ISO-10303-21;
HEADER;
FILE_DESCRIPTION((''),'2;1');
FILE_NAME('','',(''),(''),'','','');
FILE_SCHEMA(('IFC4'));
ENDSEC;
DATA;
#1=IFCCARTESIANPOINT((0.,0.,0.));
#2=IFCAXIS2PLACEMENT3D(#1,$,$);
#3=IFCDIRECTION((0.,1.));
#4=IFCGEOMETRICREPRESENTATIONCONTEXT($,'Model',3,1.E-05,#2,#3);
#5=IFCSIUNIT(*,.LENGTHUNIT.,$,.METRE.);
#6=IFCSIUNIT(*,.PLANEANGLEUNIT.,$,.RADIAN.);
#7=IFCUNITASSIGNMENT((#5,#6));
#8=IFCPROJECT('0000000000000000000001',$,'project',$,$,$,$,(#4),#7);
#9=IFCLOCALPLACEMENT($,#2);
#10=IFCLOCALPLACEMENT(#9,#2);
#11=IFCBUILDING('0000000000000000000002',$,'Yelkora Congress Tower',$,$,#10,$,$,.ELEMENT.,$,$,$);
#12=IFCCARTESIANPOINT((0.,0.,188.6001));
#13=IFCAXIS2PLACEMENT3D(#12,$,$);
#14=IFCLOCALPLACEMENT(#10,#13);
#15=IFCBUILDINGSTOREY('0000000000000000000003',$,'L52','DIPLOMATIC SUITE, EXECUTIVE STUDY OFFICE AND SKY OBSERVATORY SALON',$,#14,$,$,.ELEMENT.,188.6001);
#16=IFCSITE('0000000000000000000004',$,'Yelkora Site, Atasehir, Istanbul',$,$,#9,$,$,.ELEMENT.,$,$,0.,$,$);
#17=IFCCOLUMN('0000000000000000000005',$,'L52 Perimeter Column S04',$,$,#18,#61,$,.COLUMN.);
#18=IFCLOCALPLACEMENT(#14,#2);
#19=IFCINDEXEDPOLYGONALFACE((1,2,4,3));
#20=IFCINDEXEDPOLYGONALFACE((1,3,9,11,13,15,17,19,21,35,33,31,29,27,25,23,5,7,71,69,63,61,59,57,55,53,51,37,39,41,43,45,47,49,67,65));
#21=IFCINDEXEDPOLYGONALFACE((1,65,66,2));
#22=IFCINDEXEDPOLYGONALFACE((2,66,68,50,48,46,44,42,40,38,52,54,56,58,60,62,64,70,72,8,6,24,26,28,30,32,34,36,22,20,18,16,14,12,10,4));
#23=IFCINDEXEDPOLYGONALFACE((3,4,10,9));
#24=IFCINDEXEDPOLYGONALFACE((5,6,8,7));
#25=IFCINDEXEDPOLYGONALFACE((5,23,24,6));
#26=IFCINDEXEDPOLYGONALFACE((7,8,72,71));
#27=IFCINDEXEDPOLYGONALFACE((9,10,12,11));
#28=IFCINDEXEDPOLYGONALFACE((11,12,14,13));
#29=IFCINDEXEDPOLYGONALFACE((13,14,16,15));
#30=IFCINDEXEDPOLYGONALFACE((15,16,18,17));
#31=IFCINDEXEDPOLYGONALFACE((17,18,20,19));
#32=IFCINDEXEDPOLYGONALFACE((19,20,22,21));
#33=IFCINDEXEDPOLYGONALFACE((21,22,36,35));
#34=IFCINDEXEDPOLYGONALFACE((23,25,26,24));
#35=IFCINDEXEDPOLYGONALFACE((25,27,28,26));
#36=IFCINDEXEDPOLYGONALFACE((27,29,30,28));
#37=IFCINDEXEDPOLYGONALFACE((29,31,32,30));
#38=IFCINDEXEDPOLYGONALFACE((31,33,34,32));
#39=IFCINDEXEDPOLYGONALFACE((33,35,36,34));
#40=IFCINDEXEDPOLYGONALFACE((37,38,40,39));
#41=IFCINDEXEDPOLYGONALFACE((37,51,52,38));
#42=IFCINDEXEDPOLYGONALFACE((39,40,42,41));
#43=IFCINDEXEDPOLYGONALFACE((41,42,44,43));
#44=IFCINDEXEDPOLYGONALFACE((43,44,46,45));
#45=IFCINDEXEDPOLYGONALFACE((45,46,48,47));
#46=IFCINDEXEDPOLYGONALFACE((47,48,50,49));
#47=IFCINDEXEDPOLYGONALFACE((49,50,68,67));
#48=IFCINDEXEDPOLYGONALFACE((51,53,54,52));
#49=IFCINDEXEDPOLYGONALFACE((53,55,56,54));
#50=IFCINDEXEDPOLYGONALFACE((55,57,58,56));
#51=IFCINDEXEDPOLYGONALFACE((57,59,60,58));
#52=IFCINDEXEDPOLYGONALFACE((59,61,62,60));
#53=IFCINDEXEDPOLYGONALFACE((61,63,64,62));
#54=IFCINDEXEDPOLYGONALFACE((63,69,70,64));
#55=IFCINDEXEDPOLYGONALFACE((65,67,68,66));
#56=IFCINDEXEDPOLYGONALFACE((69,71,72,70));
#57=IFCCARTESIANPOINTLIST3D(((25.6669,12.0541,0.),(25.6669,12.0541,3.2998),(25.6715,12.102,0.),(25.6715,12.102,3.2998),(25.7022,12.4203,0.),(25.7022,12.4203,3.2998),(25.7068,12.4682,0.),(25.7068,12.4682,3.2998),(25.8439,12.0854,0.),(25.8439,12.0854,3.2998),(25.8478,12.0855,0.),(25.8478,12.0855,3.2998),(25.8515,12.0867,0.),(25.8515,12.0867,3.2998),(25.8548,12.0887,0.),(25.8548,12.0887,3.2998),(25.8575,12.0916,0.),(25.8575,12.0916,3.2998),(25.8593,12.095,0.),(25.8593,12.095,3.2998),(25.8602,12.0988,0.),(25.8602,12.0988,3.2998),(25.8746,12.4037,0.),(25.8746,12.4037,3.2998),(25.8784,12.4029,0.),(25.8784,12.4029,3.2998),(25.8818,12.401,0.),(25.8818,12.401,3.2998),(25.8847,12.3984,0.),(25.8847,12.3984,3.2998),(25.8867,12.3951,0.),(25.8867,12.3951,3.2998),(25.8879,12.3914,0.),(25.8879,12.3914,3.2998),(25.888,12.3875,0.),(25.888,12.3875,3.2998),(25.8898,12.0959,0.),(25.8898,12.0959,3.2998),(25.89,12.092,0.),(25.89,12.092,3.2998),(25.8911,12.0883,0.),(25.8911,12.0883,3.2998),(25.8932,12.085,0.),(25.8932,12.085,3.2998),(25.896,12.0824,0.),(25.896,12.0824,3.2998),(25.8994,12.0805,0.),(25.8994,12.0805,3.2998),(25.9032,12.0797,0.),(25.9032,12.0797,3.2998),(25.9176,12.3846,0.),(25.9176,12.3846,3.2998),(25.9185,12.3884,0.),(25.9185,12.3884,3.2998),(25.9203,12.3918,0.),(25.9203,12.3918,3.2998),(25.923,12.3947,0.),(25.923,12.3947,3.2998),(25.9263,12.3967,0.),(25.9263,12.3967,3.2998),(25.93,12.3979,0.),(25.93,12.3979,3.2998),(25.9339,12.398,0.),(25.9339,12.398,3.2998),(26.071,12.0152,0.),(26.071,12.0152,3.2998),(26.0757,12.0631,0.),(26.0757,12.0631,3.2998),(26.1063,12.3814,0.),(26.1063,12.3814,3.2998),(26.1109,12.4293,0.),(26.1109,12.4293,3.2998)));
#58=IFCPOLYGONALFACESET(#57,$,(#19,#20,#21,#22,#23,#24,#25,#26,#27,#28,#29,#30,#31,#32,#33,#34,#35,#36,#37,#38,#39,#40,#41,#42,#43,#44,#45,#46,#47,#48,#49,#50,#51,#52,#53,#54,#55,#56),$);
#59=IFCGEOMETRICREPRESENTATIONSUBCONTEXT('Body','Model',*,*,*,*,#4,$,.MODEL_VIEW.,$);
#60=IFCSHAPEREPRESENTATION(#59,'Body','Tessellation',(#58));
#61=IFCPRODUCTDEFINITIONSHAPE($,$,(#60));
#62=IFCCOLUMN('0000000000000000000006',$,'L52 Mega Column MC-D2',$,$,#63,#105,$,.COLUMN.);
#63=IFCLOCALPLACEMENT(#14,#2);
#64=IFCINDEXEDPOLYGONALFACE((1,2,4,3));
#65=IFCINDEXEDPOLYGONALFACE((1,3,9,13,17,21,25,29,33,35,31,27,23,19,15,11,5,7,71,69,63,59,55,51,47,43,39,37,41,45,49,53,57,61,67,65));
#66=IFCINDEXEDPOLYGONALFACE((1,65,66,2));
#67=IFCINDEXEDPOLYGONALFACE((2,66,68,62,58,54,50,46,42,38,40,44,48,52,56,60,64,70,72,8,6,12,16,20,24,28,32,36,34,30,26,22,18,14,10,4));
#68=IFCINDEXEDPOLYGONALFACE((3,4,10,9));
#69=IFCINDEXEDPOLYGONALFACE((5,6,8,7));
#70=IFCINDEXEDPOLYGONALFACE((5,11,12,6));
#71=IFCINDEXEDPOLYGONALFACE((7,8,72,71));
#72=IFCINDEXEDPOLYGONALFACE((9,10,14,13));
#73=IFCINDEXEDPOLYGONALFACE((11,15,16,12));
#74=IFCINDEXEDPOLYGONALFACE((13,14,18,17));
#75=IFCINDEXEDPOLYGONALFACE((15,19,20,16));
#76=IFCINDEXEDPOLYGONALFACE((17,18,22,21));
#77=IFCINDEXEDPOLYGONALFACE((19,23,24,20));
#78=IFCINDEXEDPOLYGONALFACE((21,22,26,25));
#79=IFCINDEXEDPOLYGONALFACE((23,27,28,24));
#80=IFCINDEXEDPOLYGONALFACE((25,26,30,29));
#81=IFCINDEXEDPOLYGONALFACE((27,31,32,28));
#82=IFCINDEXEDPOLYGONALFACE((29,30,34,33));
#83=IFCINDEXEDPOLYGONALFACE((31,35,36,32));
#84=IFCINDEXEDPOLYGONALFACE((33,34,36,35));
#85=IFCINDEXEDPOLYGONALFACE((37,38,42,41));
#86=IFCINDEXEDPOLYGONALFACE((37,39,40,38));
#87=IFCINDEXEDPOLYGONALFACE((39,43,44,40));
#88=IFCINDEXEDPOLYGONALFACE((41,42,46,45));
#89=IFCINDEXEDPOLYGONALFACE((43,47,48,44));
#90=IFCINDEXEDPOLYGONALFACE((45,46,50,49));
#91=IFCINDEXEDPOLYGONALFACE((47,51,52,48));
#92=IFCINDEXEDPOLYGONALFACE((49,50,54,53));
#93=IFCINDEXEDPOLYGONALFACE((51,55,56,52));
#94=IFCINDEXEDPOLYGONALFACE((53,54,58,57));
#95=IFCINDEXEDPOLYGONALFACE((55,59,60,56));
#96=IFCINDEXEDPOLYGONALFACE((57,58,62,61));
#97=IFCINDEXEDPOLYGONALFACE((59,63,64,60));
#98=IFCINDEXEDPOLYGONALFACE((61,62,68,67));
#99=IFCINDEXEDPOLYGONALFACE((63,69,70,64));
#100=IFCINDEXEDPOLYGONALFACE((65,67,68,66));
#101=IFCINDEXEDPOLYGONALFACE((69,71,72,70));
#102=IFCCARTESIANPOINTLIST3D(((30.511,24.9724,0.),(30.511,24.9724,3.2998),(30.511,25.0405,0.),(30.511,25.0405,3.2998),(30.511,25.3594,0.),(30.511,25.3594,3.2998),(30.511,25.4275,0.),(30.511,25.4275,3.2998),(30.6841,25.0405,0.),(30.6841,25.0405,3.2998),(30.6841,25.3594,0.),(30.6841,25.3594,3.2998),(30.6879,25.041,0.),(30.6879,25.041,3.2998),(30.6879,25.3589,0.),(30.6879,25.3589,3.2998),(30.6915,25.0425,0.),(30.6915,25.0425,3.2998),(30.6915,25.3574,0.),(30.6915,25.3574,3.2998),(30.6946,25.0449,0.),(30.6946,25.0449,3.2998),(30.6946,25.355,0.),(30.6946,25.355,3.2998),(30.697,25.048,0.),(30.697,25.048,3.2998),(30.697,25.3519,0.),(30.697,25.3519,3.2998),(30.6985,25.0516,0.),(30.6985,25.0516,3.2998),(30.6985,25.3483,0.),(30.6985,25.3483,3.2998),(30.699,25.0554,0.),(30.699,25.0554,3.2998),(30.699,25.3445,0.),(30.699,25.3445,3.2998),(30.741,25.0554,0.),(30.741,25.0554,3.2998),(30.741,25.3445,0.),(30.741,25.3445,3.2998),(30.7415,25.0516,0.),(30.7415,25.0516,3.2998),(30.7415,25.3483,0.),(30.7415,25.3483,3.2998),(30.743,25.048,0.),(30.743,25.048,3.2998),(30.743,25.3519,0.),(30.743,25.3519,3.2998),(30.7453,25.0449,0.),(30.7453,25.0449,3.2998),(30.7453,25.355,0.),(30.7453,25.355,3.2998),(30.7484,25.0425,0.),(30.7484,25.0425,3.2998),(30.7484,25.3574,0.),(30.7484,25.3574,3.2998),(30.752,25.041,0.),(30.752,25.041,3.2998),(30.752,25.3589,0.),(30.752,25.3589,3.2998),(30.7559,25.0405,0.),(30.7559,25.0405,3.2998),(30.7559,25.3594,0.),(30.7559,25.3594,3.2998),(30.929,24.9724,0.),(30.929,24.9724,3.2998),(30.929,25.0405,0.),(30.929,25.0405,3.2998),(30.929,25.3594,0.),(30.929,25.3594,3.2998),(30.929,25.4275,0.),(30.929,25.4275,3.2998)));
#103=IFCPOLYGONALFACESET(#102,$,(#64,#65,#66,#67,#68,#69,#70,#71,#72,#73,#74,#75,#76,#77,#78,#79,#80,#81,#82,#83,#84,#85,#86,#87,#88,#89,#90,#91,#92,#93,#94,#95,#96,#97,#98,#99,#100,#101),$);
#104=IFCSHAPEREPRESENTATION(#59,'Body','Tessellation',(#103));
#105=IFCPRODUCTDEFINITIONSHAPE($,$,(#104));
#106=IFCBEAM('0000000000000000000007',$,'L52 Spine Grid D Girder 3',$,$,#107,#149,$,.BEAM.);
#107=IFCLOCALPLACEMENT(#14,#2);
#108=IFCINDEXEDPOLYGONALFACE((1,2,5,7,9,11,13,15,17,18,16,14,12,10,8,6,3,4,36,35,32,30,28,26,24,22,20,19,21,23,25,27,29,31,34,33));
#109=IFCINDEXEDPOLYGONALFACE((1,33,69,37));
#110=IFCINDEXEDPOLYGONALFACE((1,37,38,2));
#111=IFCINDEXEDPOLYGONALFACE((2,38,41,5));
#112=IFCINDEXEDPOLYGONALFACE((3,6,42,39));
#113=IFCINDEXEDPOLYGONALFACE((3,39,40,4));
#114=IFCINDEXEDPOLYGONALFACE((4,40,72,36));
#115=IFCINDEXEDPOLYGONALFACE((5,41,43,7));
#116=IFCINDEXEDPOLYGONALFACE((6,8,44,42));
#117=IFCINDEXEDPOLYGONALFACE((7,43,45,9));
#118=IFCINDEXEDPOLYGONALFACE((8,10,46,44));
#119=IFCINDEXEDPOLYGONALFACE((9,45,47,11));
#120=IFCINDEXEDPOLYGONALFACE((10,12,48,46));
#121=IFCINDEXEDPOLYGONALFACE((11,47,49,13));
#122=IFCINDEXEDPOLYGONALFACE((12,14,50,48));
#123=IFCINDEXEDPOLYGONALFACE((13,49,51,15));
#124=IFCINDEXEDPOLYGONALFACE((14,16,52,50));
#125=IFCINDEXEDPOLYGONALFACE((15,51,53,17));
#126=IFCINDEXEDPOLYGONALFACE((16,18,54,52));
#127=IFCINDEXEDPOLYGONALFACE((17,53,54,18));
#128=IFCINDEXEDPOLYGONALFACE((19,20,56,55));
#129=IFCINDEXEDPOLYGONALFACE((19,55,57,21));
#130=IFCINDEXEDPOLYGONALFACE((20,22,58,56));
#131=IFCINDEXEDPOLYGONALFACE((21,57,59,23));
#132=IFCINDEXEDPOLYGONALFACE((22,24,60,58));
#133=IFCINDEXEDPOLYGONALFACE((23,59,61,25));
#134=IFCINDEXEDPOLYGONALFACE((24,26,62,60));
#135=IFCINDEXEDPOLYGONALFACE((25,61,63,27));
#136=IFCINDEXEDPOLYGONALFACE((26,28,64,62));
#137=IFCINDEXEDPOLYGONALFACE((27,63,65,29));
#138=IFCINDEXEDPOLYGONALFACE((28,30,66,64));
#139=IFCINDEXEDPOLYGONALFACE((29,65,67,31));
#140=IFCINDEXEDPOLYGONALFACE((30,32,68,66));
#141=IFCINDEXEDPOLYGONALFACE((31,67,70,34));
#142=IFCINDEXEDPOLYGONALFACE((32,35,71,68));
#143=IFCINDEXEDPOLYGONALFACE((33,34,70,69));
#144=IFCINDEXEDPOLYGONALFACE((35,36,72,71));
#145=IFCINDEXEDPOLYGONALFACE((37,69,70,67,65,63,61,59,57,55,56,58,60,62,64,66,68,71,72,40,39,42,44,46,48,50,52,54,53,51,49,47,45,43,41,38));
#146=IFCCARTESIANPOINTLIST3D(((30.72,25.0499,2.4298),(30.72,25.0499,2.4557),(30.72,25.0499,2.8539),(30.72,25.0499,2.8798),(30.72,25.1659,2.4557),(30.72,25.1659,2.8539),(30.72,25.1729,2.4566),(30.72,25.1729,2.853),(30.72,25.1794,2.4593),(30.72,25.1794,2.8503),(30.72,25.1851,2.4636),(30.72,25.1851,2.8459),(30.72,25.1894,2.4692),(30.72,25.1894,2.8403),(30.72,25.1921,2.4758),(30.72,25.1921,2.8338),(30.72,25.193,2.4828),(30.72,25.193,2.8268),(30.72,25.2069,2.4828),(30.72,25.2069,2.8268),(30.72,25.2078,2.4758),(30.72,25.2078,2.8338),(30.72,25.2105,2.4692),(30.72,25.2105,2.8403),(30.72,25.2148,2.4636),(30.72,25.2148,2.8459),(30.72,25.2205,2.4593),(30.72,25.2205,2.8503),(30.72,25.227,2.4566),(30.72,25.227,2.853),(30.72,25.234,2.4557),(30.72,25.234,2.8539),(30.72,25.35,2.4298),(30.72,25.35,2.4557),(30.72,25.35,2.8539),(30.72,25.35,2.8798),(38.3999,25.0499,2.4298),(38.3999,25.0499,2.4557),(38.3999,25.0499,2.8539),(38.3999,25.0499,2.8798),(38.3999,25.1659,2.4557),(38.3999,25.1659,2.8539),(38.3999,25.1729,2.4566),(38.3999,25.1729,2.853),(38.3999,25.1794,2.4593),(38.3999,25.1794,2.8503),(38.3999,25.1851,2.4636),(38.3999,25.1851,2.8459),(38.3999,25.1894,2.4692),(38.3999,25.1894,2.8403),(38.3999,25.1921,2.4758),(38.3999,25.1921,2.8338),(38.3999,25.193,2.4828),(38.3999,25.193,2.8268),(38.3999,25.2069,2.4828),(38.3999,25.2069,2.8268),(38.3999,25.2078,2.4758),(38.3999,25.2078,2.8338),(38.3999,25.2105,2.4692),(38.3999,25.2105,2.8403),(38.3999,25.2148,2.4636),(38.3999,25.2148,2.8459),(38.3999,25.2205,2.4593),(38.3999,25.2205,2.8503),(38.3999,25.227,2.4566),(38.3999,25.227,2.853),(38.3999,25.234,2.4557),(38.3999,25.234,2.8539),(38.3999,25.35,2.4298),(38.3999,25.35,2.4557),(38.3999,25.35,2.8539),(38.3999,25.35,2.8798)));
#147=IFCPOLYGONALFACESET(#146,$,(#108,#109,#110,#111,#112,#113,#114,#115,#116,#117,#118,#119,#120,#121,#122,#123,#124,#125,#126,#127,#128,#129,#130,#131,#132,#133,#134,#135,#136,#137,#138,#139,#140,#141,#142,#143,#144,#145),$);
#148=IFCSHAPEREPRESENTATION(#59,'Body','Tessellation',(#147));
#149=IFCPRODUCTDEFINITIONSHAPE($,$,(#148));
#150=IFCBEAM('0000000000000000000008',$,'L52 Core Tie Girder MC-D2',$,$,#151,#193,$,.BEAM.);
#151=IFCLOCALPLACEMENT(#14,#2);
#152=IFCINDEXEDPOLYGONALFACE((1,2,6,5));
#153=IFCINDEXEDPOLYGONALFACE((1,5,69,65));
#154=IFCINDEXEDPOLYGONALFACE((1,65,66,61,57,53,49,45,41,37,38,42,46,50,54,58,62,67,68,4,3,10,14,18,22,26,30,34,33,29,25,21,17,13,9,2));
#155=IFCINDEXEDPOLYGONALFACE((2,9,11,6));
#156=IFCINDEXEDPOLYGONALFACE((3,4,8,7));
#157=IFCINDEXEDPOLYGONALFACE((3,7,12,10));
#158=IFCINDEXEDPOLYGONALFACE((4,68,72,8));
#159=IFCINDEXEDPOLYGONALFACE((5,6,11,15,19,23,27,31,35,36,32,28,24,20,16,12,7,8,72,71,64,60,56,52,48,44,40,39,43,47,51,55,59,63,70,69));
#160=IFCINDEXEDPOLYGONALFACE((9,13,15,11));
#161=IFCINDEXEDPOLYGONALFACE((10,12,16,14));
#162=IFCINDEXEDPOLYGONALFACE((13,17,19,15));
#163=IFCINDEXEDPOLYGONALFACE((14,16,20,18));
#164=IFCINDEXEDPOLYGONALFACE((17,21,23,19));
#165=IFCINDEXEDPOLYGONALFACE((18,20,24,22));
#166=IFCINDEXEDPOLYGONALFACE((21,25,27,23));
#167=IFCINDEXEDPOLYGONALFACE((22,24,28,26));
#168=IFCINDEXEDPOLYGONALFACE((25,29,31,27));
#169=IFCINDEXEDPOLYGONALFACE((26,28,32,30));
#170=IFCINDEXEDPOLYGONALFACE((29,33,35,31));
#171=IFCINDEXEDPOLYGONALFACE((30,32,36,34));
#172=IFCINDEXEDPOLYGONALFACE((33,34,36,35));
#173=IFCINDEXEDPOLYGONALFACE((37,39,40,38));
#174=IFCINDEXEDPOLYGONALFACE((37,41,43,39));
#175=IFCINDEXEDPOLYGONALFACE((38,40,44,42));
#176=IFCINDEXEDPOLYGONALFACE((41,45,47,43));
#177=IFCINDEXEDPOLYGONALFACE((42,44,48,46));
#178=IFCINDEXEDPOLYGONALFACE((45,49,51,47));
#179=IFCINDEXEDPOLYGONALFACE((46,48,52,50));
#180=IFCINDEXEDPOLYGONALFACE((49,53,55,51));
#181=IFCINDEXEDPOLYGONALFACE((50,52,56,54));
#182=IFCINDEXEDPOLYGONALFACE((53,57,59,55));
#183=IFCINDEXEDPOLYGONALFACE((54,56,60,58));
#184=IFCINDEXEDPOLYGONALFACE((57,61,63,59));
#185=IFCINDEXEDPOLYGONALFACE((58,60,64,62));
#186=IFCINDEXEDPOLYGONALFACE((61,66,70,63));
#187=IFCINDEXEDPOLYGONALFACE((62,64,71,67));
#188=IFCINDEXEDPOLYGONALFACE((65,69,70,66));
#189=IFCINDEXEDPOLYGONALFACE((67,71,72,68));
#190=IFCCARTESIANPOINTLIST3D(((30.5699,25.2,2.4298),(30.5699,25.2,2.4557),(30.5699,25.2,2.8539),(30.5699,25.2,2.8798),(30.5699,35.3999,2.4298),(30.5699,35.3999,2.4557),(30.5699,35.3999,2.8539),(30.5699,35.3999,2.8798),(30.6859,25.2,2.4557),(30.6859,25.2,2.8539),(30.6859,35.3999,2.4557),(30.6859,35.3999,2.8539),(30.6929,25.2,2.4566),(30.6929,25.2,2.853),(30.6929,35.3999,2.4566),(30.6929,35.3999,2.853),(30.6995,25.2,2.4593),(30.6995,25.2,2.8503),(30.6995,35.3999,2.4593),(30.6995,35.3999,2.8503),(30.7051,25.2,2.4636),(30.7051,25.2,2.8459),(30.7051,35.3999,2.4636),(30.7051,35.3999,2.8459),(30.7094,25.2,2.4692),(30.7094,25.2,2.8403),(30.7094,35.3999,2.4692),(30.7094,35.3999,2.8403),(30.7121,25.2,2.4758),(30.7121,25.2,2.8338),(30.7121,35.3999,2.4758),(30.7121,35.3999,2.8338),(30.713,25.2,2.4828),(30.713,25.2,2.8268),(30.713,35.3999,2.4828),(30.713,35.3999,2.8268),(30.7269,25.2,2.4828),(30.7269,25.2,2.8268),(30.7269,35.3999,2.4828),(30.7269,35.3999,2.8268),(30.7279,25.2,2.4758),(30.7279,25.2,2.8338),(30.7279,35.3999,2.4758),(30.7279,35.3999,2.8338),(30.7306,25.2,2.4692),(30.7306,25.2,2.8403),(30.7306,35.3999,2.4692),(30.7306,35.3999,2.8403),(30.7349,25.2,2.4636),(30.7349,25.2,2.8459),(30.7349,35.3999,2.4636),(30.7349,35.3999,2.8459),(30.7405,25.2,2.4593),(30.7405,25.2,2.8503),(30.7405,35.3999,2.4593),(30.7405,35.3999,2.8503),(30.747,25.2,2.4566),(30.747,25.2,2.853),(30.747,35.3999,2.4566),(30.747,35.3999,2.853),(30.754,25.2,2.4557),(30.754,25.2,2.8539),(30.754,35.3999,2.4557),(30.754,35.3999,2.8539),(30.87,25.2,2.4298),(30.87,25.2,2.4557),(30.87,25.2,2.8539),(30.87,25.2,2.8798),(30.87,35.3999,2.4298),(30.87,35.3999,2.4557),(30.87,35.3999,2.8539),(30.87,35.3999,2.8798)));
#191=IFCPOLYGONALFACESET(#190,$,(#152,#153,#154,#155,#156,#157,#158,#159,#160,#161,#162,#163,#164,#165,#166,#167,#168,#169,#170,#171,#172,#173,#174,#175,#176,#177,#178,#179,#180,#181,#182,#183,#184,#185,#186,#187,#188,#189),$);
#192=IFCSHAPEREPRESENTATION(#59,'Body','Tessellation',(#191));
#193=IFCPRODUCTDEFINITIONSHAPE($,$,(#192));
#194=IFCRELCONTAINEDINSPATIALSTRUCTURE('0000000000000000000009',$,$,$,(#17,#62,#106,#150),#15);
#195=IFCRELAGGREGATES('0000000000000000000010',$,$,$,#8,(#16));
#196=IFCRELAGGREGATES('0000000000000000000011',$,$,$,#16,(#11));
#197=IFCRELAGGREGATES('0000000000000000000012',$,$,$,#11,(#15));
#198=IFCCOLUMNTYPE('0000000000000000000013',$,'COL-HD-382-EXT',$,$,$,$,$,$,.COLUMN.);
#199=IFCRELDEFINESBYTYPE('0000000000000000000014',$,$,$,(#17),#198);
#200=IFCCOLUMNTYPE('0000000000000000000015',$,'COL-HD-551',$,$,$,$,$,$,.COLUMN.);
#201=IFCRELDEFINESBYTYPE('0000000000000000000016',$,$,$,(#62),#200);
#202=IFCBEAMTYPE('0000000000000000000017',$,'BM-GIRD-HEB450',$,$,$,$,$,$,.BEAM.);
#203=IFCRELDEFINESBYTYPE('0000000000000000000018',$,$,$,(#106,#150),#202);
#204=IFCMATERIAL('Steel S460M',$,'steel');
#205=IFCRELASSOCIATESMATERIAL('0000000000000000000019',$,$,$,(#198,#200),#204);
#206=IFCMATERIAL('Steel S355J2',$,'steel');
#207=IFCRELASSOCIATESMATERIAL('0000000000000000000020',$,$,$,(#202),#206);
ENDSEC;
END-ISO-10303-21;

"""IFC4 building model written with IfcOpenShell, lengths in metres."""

from ifc_helpers import new_model, si_unit, direction, frame, origin, origin_2d, place, context, subcontext, project, spatial, i_section, extrude, material, material_profile, profile_set, type_object, element, save


model = new_model("IFC4")

# Units and contexts
model_context = context("Model", 3, precision=1e-05, world=origin(), true_north=direction((0.0, 1.0)))
body_context = subcontext(model_context, "Body", "Model", "MODEL_VIEW")
ifc_project = project(units=[si_unit("LENGTHUNIT", "METRE"), si_unit("PLANEANGLEUNIT", "RADIAN")], contexts=[model_context])

# Site, building, storey
site_placement = place(None, origin())
site = spatial("IfcSite", under=ifc_project, at=site_placement, Name="Yelkora Site, Atasehir, Istanbul", CompositionType="ELEMENT", RefElevation=0.0)
building_placement = place(site_placement, origin())
building = spatial("IfcBuilding", under=site, at=building_placement, Name="Yelkora Congress Tower", CompositionType="ELEMENT")
storey_placement = place(building_placement, frame((0.0, 0.0, 188.6001)))
storey = spatial("IfcBuildingStorey", under=building, at=storey_placement, Name="L52", Description="DIPLOMATIC SUITE, EXECUTIVE STUDY OFFICE AND SKY OBSERVATORY SALON", CompositionType="ELEMENT", Elevation=188.6001)

# Columns
ifc_material_1 = material(Name="Steel S460M", Category="steel")
ifc_material_profile_1 = material_profile(ifc_material_1, i_section(OverallWidth=0.406, OverallDepth=0.416, WebThickness=0.0298, FlangeThickness=0.0481, FilletRadius=0.0149, at=origin_2d()), Name="HD 400x382")
ifc_profile_set_1 = profile_set([ifc_material_profile_1], Name="Steel S460M")
column_type_1 = type_object("IfcColumnType", Name="COL-HD-382-EXT", PredefinedType="COLUMN", material=ifc_profile_set_1)
column_1_placement = place(storey_placement, frame((25.8889, 12.2417, 0.0), z_axis=(0.0, 0.0, 1.0), x_axis=(0.995396, -0.095846, 0.0)))
element("IfcColumn", 1, at=column_1_placement, inside=storey, type_object=column_type_1, Name="L52 Perimeter Column S04", PredefinedType="COLUMN", context=body_context, shape_type="SweptSolid", body=[
    extrude(i_section(OverallWidth=0.406, OverallDepth=0.416, WebThickness=0.0298, FlangeThickness=0.0481, FilletRadius=0.0149, at=origin_2d()), origin(), (0.0, 0.0, 1.0), 3.2998),
])
ifc_material_profile_2 = material_profile(ifc_material_1, i_section(OverallWidth=0.418, OverallDepth=0.4551, WebThickness=0.042, FlangeThickness=0.0681, FilletRadius=0.0149, at=origin_2d()), Name="HD 400x551")
ifc_profile_set_2 = profile_set([ifc_material_profile_2], Name="Steel S460M")
column_type_2 = type_object("IfcColumnType", Name="COL-HD-551", PredefinedType="COLUMN", material=ifc_profile_set_2)
column_2_placement = place(storey_placement, frame((30.72, 25.2, 0.0), z_axis=(0.0, 0.0, 1.0), x_axis=(1.0, 0.0, 0.0)))
element("IfcColumn", 2, at=column_2_placement, inside=storey, type_object=column_type_2, Name="L52 Mega Column MC-D2", PredefinedType="COLUMN", context=body_context, shape_type="SweptSolid", body=[
    extrude(i_section(OverallWidth=0.418, OverallDepth=0.4551, WebThickness=0.042, FlangeThickness=0.0681, FilletRadius=0.0149, at=origin_2d()), origin(), (0.0, 0.0, 1.0), 3.2998),
])

# Beams
ifc_material_2 = material(Name="Steel S355J2", Category="steel")
ifc_material_profile_3 = material_profile(ifc_material_2, i_section(OverallWidth=0.3, OverallDepth=0.45, WebThickness=0.0139, FlangeThickness=0.0259, FilletRadius=0.0271, at=origin_2d()), Name="HEB 450")
ifc_profile_set_3 = profile_set([ifc_material_profile_3], Name="Steel S355J2")
beam_type_1 = type_object("IfcBeamType", Name="BM-GIRD-HEB450", PredefinedType="BEAM", material=ifc_profile_set_3)
beam_1_placement = place(storey_placement, frame((30.72, 25.2, 2.6548), z_axis=(1.0, 0.0, 0.0), x_axis=(0.0, 1.0, 0.0)))
element("IfcBeam", 3, at=beam_1_placement, inside=storey, type_object=beam_type_1, Name="L52 Spine Grid D Girder 3", PredefinedType="BEAM", context=body_context, shape_type="SweptSolid", body=[
    extrude(i_section(OverallWidth=0.3, OverallDepth=0.45, WebThickness=0.0139, FlangeThickness=0.0259, FilletRadius=0.0271, at=origin_2d()), origin(), (0.0, 0.0, 1.0), 7.6799),
])
beam_2_placement = place(storey_placement, frame((30.72, 25.2, 2.6548), z_axis=(0.0, 1.0, 0.0), x_axis=(-1.0, 0.0, 0.0)))
element("IfcBeam", 4, at=beam_2_placement, inside=storey, type_object=beam_type_1, Name="L52 Core Tie Girder MC-D2", PredefinedType="BEAM", context=body_context, shape_type="SweptSolid", body=[
    extrude(i_section(OverallWidth=0.3, OverallDepth=0.45, WebThickness=0.0139, FlangeThickness=0.0259, FilletRadius=0.0271, at=origin_2d()), origin(), (0.0, 0.0, 1.0), 10.2),
])

save(model, "model.ifc")
